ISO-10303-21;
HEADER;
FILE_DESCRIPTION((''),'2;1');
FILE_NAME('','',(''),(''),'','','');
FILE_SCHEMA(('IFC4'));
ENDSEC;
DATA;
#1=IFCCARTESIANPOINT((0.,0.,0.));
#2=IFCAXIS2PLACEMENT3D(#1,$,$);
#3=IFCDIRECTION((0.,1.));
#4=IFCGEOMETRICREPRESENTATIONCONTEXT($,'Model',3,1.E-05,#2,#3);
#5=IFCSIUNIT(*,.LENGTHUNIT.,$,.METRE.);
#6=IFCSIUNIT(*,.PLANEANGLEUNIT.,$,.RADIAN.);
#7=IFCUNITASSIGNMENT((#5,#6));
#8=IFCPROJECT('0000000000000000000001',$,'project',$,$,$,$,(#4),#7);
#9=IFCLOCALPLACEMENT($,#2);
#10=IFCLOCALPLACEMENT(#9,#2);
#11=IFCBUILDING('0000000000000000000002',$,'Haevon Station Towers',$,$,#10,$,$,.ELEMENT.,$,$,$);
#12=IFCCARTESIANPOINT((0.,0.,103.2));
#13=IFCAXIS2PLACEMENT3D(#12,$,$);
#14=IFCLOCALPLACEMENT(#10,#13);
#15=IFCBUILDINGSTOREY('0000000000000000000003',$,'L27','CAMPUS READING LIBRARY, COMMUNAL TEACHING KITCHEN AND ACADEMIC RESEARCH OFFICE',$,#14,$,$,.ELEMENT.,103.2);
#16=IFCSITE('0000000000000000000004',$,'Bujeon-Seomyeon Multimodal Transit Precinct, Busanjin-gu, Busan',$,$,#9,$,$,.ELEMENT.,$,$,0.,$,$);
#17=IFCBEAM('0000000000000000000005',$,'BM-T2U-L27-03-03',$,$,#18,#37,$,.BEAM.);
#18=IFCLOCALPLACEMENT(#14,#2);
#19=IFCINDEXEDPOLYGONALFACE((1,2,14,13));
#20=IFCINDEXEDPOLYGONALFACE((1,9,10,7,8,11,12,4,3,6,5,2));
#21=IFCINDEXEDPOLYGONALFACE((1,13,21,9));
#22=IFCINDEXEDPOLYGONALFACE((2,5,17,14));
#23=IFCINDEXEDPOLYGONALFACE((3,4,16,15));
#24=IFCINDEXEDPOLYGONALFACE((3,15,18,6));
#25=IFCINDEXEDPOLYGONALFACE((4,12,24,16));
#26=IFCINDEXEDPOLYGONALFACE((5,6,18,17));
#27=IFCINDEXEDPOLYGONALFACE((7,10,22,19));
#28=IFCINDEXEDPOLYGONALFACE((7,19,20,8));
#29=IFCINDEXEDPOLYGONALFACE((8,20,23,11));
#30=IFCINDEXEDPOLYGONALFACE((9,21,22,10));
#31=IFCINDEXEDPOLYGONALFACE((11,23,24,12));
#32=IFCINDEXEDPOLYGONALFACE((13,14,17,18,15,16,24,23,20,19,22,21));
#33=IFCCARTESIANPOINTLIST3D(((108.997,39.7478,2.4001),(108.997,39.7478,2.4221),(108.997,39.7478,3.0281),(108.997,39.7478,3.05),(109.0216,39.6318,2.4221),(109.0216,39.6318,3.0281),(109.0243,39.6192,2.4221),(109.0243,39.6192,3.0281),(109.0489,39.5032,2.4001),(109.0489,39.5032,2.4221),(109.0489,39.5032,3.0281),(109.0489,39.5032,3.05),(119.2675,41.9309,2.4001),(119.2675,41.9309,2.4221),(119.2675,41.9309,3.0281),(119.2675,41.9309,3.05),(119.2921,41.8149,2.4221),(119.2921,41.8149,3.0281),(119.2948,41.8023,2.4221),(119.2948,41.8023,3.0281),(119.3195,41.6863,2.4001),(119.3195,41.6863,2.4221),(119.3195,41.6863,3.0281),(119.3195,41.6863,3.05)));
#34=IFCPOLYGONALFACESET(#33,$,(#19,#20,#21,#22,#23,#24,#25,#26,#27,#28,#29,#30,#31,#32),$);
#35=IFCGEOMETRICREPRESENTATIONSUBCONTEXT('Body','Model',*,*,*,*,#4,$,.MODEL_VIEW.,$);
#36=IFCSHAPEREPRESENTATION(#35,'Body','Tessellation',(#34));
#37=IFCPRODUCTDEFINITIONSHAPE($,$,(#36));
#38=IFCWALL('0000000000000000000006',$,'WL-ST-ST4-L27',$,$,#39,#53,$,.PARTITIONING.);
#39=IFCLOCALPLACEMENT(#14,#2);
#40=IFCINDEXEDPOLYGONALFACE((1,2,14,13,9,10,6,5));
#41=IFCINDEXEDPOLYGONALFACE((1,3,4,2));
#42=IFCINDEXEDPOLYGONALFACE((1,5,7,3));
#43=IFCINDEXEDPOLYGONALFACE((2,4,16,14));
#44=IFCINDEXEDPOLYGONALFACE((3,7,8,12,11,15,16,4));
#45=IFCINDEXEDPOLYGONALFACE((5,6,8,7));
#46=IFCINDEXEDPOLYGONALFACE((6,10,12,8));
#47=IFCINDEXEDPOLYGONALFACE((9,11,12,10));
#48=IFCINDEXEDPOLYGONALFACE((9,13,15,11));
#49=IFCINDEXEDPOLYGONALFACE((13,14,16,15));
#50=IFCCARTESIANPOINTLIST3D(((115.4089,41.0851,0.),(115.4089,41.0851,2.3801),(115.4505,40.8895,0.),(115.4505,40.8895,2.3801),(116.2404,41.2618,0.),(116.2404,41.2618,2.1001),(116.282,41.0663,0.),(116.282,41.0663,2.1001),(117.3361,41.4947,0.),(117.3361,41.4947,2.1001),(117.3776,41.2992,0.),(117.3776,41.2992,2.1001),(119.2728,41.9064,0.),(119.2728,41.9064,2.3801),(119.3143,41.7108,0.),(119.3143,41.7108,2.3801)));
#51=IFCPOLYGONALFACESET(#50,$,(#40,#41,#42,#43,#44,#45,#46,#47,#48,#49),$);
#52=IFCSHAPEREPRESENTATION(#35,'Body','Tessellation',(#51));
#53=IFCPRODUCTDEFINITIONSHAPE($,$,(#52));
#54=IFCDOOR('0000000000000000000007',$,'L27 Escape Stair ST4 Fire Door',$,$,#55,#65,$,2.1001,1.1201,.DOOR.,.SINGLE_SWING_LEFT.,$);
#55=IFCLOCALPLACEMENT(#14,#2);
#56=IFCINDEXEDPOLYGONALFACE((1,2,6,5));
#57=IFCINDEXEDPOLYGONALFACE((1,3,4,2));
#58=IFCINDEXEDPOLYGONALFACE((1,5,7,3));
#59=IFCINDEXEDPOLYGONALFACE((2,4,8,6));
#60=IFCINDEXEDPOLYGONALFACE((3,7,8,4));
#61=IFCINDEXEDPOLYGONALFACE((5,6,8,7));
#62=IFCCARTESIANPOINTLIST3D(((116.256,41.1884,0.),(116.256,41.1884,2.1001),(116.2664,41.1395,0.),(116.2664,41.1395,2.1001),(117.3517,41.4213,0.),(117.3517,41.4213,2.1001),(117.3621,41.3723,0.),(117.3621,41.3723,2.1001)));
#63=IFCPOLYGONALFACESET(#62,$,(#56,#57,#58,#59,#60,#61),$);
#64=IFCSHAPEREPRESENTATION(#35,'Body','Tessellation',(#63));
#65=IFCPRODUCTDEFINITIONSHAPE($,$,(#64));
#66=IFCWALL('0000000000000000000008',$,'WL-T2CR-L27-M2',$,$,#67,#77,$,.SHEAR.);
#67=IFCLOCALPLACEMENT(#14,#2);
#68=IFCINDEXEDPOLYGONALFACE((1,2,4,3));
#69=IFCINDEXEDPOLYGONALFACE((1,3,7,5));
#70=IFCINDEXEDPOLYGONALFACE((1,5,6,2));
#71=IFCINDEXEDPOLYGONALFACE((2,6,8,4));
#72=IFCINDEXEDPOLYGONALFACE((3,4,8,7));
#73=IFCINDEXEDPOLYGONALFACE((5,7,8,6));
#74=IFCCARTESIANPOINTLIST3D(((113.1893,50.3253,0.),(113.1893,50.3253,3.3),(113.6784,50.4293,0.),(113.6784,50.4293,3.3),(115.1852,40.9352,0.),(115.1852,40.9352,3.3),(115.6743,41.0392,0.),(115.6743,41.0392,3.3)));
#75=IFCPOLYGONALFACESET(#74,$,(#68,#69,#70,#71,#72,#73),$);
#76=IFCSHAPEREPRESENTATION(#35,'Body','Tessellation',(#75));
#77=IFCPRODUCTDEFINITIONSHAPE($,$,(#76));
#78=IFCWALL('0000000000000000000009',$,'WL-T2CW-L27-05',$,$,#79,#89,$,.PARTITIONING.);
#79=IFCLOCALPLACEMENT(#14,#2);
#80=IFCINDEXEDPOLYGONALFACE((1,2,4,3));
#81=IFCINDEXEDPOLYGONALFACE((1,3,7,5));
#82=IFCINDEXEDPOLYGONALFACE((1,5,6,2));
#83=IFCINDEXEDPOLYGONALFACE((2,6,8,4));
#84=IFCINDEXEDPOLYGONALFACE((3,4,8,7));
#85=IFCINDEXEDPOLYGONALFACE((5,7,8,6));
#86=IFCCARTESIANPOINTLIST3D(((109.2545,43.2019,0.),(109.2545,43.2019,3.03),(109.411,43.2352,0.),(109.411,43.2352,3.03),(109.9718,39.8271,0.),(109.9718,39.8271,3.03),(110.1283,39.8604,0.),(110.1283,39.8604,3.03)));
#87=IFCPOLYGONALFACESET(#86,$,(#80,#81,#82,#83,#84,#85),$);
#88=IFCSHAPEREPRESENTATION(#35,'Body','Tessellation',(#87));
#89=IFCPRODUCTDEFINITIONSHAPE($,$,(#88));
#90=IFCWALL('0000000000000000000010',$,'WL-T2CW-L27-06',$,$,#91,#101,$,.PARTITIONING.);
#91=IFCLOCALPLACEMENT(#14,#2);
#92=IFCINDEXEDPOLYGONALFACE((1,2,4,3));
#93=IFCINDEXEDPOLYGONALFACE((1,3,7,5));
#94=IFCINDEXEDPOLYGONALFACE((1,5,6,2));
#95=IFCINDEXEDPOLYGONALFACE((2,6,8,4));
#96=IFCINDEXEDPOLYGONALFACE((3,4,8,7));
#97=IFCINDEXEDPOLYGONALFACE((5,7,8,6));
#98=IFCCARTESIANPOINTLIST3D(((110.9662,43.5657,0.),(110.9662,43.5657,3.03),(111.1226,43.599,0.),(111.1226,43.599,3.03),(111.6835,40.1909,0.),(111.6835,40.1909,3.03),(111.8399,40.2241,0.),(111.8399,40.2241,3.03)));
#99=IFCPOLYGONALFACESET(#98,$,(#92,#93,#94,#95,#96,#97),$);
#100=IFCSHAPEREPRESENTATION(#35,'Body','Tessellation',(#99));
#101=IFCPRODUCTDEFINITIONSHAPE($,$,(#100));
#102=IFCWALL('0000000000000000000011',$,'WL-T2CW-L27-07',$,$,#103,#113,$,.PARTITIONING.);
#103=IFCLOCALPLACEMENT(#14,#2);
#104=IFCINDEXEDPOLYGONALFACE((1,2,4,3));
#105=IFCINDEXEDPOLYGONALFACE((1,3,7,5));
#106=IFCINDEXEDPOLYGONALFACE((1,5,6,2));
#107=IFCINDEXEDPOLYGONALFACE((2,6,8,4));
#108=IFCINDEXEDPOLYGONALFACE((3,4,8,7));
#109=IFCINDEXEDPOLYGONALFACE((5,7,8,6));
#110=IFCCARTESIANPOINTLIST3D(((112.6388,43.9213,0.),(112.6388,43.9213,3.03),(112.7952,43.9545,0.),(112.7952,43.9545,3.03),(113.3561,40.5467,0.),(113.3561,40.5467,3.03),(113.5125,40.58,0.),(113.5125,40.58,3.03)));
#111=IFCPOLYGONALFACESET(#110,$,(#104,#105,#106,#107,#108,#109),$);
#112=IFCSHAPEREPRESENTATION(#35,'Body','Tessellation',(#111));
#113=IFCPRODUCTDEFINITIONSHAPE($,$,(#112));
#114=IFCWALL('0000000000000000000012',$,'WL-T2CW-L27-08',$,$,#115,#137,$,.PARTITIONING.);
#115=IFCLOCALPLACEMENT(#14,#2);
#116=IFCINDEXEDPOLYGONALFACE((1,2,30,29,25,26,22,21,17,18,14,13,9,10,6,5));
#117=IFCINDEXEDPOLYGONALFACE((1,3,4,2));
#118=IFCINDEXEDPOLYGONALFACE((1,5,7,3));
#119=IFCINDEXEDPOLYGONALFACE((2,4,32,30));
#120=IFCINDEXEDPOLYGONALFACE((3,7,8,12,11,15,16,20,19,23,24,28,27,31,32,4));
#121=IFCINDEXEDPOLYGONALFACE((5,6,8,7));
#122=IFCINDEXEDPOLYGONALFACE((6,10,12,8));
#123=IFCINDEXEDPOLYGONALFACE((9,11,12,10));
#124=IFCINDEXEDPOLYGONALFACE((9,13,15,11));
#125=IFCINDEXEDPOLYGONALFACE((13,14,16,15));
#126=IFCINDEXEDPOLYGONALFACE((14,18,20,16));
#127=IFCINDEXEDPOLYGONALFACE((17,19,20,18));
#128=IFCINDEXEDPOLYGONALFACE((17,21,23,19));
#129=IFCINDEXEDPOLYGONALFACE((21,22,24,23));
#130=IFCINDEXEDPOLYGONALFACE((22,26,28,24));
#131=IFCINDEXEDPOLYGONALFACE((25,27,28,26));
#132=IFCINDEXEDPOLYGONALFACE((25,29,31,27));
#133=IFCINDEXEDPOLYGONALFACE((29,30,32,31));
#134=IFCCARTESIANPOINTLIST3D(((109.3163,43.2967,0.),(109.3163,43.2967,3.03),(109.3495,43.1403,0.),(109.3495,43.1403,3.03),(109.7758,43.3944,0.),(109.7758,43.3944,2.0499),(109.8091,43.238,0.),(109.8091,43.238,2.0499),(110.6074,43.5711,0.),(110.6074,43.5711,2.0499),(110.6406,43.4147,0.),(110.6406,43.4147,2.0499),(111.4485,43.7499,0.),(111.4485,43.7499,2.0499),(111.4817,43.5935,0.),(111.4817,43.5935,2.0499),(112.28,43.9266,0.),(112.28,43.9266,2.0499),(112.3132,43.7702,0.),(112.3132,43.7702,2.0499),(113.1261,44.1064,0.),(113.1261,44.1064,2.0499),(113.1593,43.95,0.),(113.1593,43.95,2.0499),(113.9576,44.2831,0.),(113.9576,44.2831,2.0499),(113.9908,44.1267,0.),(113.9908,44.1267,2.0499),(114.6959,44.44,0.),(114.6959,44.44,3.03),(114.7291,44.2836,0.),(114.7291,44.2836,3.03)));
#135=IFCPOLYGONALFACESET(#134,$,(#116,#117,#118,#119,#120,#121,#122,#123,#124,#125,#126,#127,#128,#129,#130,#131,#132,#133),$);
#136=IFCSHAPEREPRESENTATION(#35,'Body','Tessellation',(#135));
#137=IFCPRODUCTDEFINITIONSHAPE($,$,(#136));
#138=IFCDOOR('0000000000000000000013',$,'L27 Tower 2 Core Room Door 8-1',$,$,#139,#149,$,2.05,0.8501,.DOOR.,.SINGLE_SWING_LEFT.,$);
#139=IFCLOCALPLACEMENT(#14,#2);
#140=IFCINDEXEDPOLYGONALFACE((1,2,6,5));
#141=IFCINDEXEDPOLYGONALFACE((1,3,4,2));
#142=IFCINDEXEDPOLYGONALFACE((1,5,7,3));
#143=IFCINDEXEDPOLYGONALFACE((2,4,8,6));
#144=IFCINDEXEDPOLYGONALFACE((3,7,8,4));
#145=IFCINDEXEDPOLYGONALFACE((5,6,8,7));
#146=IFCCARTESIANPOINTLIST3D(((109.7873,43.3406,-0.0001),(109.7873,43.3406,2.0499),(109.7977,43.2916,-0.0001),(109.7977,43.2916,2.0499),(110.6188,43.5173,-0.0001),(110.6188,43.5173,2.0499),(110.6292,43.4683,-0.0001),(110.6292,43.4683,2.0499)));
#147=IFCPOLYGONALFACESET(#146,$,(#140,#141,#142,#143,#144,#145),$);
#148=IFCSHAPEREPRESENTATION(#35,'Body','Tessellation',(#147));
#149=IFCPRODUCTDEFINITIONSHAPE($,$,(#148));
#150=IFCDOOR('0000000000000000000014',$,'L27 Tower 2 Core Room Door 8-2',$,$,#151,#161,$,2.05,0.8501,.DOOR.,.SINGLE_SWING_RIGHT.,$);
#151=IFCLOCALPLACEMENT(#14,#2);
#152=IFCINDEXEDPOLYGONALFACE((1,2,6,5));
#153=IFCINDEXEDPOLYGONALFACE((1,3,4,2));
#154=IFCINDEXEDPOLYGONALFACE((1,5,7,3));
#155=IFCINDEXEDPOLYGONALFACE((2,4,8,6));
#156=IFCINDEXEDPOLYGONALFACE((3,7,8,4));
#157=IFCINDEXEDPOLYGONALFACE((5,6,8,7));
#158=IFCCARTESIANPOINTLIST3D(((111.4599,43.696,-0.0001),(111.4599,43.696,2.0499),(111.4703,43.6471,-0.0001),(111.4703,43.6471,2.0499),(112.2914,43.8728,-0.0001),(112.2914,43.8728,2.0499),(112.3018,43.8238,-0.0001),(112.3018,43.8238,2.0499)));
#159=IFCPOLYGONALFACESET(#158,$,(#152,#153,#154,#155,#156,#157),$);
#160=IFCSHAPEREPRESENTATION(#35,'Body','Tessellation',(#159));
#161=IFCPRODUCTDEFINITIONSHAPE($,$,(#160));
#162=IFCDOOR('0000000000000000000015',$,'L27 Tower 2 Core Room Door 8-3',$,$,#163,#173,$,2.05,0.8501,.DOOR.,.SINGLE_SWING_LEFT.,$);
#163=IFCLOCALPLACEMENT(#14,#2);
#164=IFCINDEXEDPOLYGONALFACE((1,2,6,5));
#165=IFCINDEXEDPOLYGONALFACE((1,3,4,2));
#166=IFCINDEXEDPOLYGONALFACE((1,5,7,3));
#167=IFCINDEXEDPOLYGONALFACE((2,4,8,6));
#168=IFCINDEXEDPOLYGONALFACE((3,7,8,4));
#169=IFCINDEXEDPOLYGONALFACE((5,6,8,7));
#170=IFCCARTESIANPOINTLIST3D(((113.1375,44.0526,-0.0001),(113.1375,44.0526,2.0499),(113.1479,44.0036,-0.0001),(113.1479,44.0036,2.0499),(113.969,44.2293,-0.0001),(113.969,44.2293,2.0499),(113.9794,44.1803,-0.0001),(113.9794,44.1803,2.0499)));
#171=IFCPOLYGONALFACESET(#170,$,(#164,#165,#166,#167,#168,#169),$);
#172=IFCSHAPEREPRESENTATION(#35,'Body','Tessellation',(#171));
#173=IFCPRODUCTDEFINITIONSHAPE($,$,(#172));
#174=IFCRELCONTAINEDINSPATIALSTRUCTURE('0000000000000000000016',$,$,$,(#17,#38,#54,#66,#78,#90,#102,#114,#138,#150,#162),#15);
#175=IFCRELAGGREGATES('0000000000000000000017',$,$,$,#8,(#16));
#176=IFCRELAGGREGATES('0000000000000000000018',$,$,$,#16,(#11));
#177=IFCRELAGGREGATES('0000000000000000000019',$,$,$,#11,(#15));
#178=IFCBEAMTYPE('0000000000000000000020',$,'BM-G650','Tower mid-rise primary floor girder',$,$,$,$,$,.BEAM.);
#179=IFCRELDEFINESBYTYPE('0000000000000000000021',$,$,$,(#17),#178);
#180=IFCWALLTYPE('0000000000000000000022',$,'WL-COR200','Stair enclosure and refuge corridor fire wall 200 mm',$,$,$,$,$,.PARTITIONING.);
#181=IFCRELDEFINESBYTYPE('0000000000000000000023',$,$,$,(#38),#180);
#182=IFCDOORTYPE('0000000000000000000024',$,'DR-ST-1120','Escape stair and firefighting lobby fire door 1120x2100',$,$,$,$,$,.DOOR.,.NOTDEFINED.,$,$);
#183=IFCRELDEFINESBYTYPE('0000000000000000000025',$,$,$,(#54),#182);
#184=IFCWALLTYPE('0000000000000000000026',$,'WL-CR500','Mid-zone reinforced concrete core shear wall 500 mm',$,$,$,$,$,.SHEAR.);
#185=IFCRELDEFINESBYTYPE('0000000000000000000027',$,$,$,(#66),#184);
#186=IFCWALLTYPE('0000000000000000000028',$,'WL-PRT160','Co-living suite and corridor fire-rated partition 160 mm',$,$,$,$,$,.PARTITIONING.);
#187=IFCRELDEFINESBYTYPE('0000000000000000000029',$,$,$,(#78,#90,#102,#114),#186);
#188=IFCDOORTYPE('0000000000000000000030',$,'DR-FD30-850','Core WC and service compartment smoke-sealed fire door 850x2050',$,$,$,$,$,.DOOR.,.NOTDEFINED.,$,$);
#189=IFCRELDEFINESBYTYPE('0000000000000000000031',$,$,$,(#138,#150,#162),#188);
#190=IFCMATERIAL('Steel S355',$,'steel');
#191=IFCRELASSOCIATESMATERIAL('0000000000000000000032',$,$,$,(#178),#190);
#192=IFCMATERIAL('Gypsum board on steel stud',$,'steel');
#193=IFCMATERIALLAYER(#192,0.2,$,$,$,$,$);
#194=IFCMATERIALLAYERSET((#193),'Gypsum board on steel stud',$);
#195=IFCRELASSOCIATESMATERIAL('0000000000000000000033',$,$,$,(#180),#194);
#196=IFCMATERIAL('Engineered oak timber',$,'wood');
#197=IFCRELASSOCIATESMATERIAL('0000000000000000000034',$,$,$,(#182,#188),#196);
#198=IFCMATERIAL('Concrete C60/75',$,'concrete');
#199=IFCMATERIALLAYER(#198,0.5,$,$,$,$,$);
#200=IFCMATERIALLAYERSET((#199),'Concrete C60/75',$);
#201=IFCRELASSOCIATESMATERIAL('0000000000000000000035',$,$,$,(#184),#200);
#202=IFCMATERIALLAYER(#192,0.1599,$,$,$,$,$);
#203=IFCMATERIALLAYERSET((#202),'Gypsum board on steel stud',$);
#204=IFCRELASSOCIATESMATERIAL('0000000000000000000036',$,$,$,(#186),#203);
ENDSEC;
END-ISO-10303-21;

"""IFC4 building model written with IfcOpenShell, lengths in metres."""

from ifc_helpers import new_model, si_unit, direction, frame, frame_2d, origin, origin_2d, place, context, subcontext, project, spatial, rectangle, i_section, extrude, material, layer, layer_set, material_profile, profile_set, type_object, element, fill, save


model = new_model("IFC4")

# Units and contexts
model_context = context("Model", 3, precision=1e-05, world=origin(), true_north=direction((0.0, 1.0)))
body_context = subcontext(model_context, "Body", "Model", "MODEL_VIEW")
ifc_project = project(units=[si_unit("LENGTHUNIT", "METRE"), si_unit("PLANEANGLEUNIT", "RADIAN")], contexts=[model_context])

# Site, building, storey
site_placement = place(None, origin())
site = spatial("IfcSite", under=ifc_project, at=site_placement, Name="Bujeon-Seomyeon Multimodal Transit Precinct, Busanjin-gu, Busan", CompositionType="ELEMENT", RefElevation=0.0)
building_placement = place(site_placement, origin())
building = spatial("IfcBuilding", under=site, at=building_placement, Name="Haevon Station Towers", CompositionType="ELEMENT")
storey_placement = place(building_placement, frame((0.0, 0.0, 103.2)))
storey = spatial("IfcBuildingStorey", under=building, at=storey_placement, Name="L27", Description="CAMPUS READING LIBRARY, COMMUNAL TEACHING KITCHEN AND ACADEMIC RESEARCH OFFICE", CompositionType="ELEMENT", Elevation=103.2)

# Beam
ifc_material_1 = material(Name="Steel S355", Category="steel")
ifc_material_profile = material_profile(ifc_material_1, i_section(OverallWidth=0.25, OverallDepth=0.6499, WebThickness=0.0129, FlangeThickness=0.022, at=origin_2d()), Name="H-650x250x13x22")
ifc_profile_set = profile_set([ifc_material_profile], Name="Steel S355")
beam_type = type_object("IfcBeamType", Name="BM-G650", Description="Tower mid-rise primary floor girder", PredefinedType="BEAM", material=ifc_profile_set)
beam_placement = place(storey_placement, frame((109.0229, 39.6255, 2.7251), z_axis=(0.978147, 0.207915, 0.0), x_axis=(-0.207915, 0.978147, 0.0)))
element("IfcBeam", 1, at=beam_placement, inside=storey, type_object=beam_type, Name="BM-T2U-L27-03-03", PredefinedType="BEAM", context=body_context, shape_type="SweptSolid", body=[
    extrude(i_section(OverallWidth=0.25, OverallDepth=0.6499, WebThickness=0.0129, FlangeThickness=0.022, at=origin_2d()), origin(), (0.0, 0.0, 1.0), 10.5),
])

# Wall, opening, door
ifc_material_2 = material(Name="Gypsum board on steel stud", Category="steel")
ifc_layer_1 = layer(ifc_material_2, 0.2)
ifc_layer_set_1 = layer_set([ifc_layer_1], Name="Gypsum board on steel stud")
wall_type_1 = type_object("IfcWallType", Name="WL-COR200", Description="Stair enclosure and refuge corridor fire wall 200 mm", PredefinedType="PARTITIONING", material=ifc_layer_set_1)
wall_1_placement = place(storey_placement, frame((115.4297, 40.9873, 0.0), z_axis=(0.0, 0.0, 1.0), x_axis=(0.978147, 0.207916, 0.0)))
wall_1 = element("IfcWall", 2, at=wall_1_placement, inside=storey, type_object=wall_type_1, Name="WL-ST-ST4-L27", PredefinedType="PARTITIONING", context=body_context, shape_type="SweptSolid", body=[
    extrude(rectangle(XDim=3.9502, YDim=0.2, at=frame_2d((1.9751, 0.0))), origin(), (0.0, 0.0, 1.0), 2.3801),
])
opening_1_placement = place(wall_1_placement, frame((0.8501, 0.0, 0.0)))
opening_1 = element("IfcOpeningElement", 3, at=opening_1_placement, cuts=wall_1, PredefinedType="OPENING", context=body_context, shape_type="SweptSolid", body=[
    extrude(rectangle(XDim=1.1201, YDim=2.1001, at=frame_2d((0.5601, 1.05))), frame((0.0, 0.1099, 0.0), z_axis=(0.0, -1.0, 0.0), x_axis=(1.0, 0.0, 0.0)), (0.0, 0.0, 1.0), 0.22),
])
ifc_material_3 = material(Name="Engineered oak timber", Category="wood")
door_type_1 = type_object("IfcDoorType", Name="DR-ST-1120", Description="Escape stair and firefighting lobby fire door 1120x2100", OperationType="NOTDEFINED", PredefinedType="DOOR", material=ifc_material_3)
door_1_placement = place(opening_1_placement, origin())
door_1 = element("IfcDoor", 4, at=door_1_placement, inside=storey, type_object=door_type_1, Name="L27 Escape Stair ST4 Fire Door", OperationType="SINGLE_SWING_LEFT", OverallHeight=2.1001, OverallWidth=1.1201, PredefinedType="DOOR", context=body_context, shape_type="SweptSolid", body=[
    extrude(rectangle(XDim=1.1201, YDim=2.1001, at=frame_2d((0.5601, 1.05))), frame((0.0, 0.0249, 0.0), z_axis=(0.0, -1.0, 0.0), x_axis=(1.0, 0.0, 0.0)), (0.0, 0.0, 1.0), 0.05),
])
fill(opening_1, door_1)

# Walls
ifc_material_4 = material(Name="Concrete C60/75", Category="concrete")
ifc_layer_2 = layer(ifc_material_4, 0.5)
ifc_layer_set_2 = layer_set([ifc_layer_2], Name="Concrete C60/75")
wall_type_2 = type_object("IfcWallType", Name="WL-CR500", Description="Mid-zone reinforced concrete core shear wall 500 mm", PredefinedType="SHEAR", material=ifc_layer_set_2)
wall_2_placement = place(storey_placement, frame((115.4297, 40.9873, 0.0), z_axis=(0.0, 0.0, 1.0), x_axis=(-0.207903, 0.978149, 0.0)))
element("IfcWall", 5, at=wall_2_placement, inside=storey, type_object=wall_type_2, Name="WL-T2CR-L27-M2", PredefinedType="SHEAR", context=body_context, shape_type="SweptSolid", body=[
    extrude(rectangle(XDim=9.5999, YDim=0.5, at=frame_2d((4.7998, 0.0))), origin(), (0.0, 0.0, 1.0), 3.3),
])
ifc_layer_3 = layer(ifc_material_2, 0.1599)
ifc_layer_set_3 = layer_set([ifc_layer_3], Name="Gypsum board on steel stud")
wall_type_3 = type_object("IfcWallType", Name="WL-PRT160", Description="Co-living suite and corridor fire-rated partition 160 mm", PredefinedType="PARTITIONING", material=ifc_layer_set_3)
for number, where, z_axis, x_axis, name in (
    (6, (110.05, 39.8438, 0.0), (0.0, 0.0, 1.0), (-0.2079, 0.97815, 0.0), "WL-T2CW-L27-05"),
    (7, (111.7617, 40.2075, 0.0), (0.0, 0.0, 1.0), (-0.2079, 0.97815, 0.0), "WL-T2CW-L27-06"),
):
    element("IfcWall", number, at=place(storey_placement, frame(where, z_axis=z_axis, x_axis=x_axis)), inside=storey, type_object=wall_type_3, Name=name, PredefinedType="PARTITIONING", context=body_context, shape_type="SweptSolid", body=[
        extrude(rectangle(XDim=3.4502, YDim=0.1599, at=frame_2d((1.7251, 0.0))), origin(), (0.0, 0.0, 1.0), 3.03),
    ])
wall_3_placement = place(storey_placement, frame((113.4343, 40.5632, 0.0), z_axis=(0.0, 0.0, 1.0), x_axis=(-0.207915, 0.978147, 0.0)))
element("IfcWall", 8, at=wall_3_placement, inside=storey, type_object=wall_type_3, Name="WL-T2CW-L27-07", PredefinedType="PARTITIONING", context=body_context, shape_type="SweptSolid", body=[
    extrude(rectangle(XDim=3.45, YDim=0.1599, at=frame_2d((1.7251, 0.0))), origin(), (0.0, 0.0, 1.0), 3.03),
])

# Wall, openings, doors
wall_4_placement = place(storey_placement, frame((109.3328, 43.2185, 0.0), z_axis=(0.0, 0.0, 1.0), x_axis=(0.978154, 0.207883, 0.0)))
wall_4 = element("IfcWall", 9, at=wall_4_placement, inside=storey, type_object=wall_type_3, Name="WL-T2CW-L27-08", PredefinedType="PARTITIONING", context=body_context, shape_type="SweptSolid", body=[
    extrude(rectangle(XDim=5.4998, YDim=0.1599, at=frame_2d((2.75, 0.0))), origin(), (0.0, 0.0, 1.0), 3.03),
])
opening_2_placement = place(wall_4_placement, frame((0.47, 0.0, 0.0)))
opening_2 = element("IfcOpeningElement", 10, at=opening_2_placement, cuts=wall_4, PredefinedType="OPENING", context=body_context, shape_type="SweptSolid", body=[
    extrude(rectangle(XDim=0.8501, YDim=2.05, at=frame_2d((0.425, 1.0249))), frame((0.0, 0.0898, 0.0), z_axis=(0.0, -1.0, 0.0), x_axis=(1.0, 0.0, 0.0)), (0.0, 0.0, 1.0), 0.1799),
])
opening_3_placement = place(wall_4_placement, frame((2.1799, 0.0, 0.0)))
opening_3 = element("IfcOpeningElement", 11, at=opening_3_placement, cuts=wall_4, PredefinedType="OPENING", context=body_context, shape_type="SweptSolid", body=[
    extrude(rectangle(XDim=0.8501, YDim=2.05, at=frame_2d((0.425, 1.0249))), frame((0.0, 0.0898, 0.0), z_axis=(0.0, -1.0, 0.0), x_axis=(1.0, 0.0, 0.0)), (0.0, 0.0, 1.0), 0.1799),
])
opening_4_placement = place(wall_4_placement, frame((3.895, 0.0, 0.0)))
opening_4 = element("IfcOpeningElement", 12, at=opening_4_placement, cuts=wall_4, PredefinedType="OPENING", context=body_context, shape_type="SweptSolid", body=[
    extrude(rectangle(XDim=0.8501, YDim=2.05, at=frame_2d((0.425, 1.0249))), frame((0.0, 0.0898, 0.0), z_axis=(0.0, -1.0, 0.0), x_axis=(1.0, 0.0, 0.0)), (0.0, 0.0, 1.0), 0.1799),
])
door_type_2 = type_object("IfcDoorType", Name="DR-FD30-850", Description="Core WC and service compartment smoke-sealed fire door 850x2050", OperationType="NOTDEFINED", PredefinedType="DOOR", material=ifc_material_3)
door_2_placement = place(opening_2_placement, origin())
door_2 = element("IfcDoor", 13, at=door_2_placement, inside=storey, type_object=door_type_2, Name="L27 Tower 2 Core Room Door 8-1", OperationType="SINGLE_SWING_LEFT", OverallHeight=2.05, OverallWidth=0.8501, PredefinedType="DOOR", context=body_context, shape_type="SweptSolid", body=[
    extrude(rectangle(XDim=0.8501, YDim=2.05, at=frame_2d((0.425, 1.0249))), frame((0.0, 0.0249, 0.0), z_axis=(0.0, -1.0, 0.0), x_axis=(1.0, 0.0, 0.0)), (0.0, 0.0, 1.0), 0.05),
])
fill(opening_2, door_2)
door_3_placement = place(opening_3_placement, origin())
door_3 = element("IfcDoor", 14, at=door_3_placement, inside=storey, type_object=door_type_2, Name="L27 Tower 2 Core Room Door 8-2", OperationType="SINGLE_SWING_RIGHT", OverallHeight=2.05, OverallWidth=0.8501, PredefinedType="DOOR", context=body_context, shape_type="SweptSolid", body=[
    extrude(rectangle(XDim=0.8501, YDim=2.05, at=frame_2d((0.425, 1.0249))), frame((0.0, 0.0249, 0.0), z_axis=(0.0, -1.0, 0.0), x_axis=(1.0, 0.0, 0.0)), (0.0, 0.0, 1.0), 0.05),
])
fill(opening_3, door_3)
door_4_placement = place(opening_4_placement, origin())
door_4 = element("IfcDoor", 15, at=door_4_placement, inside=storey, type_object=door_type_2, Name="L27 Tower 2 Core Room Door 8-3", OperationType="SINGLE_SWING_LEFT", OverallHeight=2.05, OverallWidth=0.8501, PredefinedType="DOOR", context=body_context, shape_type="SweptSolid", body=[
    extrude(rectangle(XDim=0.8501, YDim=2.05, at=frame_2d((0.425, 1.0249))), frame((0.0, 0.0249, 0.0), z_axis=(0.0, -1.0, 0.0), x_axis=(1.0, 0.0, 0.0)), (0.0, 0.0, 1.0), 0.05),
])
fill(opening_4, door_4)

save(model, "model.ifc")
